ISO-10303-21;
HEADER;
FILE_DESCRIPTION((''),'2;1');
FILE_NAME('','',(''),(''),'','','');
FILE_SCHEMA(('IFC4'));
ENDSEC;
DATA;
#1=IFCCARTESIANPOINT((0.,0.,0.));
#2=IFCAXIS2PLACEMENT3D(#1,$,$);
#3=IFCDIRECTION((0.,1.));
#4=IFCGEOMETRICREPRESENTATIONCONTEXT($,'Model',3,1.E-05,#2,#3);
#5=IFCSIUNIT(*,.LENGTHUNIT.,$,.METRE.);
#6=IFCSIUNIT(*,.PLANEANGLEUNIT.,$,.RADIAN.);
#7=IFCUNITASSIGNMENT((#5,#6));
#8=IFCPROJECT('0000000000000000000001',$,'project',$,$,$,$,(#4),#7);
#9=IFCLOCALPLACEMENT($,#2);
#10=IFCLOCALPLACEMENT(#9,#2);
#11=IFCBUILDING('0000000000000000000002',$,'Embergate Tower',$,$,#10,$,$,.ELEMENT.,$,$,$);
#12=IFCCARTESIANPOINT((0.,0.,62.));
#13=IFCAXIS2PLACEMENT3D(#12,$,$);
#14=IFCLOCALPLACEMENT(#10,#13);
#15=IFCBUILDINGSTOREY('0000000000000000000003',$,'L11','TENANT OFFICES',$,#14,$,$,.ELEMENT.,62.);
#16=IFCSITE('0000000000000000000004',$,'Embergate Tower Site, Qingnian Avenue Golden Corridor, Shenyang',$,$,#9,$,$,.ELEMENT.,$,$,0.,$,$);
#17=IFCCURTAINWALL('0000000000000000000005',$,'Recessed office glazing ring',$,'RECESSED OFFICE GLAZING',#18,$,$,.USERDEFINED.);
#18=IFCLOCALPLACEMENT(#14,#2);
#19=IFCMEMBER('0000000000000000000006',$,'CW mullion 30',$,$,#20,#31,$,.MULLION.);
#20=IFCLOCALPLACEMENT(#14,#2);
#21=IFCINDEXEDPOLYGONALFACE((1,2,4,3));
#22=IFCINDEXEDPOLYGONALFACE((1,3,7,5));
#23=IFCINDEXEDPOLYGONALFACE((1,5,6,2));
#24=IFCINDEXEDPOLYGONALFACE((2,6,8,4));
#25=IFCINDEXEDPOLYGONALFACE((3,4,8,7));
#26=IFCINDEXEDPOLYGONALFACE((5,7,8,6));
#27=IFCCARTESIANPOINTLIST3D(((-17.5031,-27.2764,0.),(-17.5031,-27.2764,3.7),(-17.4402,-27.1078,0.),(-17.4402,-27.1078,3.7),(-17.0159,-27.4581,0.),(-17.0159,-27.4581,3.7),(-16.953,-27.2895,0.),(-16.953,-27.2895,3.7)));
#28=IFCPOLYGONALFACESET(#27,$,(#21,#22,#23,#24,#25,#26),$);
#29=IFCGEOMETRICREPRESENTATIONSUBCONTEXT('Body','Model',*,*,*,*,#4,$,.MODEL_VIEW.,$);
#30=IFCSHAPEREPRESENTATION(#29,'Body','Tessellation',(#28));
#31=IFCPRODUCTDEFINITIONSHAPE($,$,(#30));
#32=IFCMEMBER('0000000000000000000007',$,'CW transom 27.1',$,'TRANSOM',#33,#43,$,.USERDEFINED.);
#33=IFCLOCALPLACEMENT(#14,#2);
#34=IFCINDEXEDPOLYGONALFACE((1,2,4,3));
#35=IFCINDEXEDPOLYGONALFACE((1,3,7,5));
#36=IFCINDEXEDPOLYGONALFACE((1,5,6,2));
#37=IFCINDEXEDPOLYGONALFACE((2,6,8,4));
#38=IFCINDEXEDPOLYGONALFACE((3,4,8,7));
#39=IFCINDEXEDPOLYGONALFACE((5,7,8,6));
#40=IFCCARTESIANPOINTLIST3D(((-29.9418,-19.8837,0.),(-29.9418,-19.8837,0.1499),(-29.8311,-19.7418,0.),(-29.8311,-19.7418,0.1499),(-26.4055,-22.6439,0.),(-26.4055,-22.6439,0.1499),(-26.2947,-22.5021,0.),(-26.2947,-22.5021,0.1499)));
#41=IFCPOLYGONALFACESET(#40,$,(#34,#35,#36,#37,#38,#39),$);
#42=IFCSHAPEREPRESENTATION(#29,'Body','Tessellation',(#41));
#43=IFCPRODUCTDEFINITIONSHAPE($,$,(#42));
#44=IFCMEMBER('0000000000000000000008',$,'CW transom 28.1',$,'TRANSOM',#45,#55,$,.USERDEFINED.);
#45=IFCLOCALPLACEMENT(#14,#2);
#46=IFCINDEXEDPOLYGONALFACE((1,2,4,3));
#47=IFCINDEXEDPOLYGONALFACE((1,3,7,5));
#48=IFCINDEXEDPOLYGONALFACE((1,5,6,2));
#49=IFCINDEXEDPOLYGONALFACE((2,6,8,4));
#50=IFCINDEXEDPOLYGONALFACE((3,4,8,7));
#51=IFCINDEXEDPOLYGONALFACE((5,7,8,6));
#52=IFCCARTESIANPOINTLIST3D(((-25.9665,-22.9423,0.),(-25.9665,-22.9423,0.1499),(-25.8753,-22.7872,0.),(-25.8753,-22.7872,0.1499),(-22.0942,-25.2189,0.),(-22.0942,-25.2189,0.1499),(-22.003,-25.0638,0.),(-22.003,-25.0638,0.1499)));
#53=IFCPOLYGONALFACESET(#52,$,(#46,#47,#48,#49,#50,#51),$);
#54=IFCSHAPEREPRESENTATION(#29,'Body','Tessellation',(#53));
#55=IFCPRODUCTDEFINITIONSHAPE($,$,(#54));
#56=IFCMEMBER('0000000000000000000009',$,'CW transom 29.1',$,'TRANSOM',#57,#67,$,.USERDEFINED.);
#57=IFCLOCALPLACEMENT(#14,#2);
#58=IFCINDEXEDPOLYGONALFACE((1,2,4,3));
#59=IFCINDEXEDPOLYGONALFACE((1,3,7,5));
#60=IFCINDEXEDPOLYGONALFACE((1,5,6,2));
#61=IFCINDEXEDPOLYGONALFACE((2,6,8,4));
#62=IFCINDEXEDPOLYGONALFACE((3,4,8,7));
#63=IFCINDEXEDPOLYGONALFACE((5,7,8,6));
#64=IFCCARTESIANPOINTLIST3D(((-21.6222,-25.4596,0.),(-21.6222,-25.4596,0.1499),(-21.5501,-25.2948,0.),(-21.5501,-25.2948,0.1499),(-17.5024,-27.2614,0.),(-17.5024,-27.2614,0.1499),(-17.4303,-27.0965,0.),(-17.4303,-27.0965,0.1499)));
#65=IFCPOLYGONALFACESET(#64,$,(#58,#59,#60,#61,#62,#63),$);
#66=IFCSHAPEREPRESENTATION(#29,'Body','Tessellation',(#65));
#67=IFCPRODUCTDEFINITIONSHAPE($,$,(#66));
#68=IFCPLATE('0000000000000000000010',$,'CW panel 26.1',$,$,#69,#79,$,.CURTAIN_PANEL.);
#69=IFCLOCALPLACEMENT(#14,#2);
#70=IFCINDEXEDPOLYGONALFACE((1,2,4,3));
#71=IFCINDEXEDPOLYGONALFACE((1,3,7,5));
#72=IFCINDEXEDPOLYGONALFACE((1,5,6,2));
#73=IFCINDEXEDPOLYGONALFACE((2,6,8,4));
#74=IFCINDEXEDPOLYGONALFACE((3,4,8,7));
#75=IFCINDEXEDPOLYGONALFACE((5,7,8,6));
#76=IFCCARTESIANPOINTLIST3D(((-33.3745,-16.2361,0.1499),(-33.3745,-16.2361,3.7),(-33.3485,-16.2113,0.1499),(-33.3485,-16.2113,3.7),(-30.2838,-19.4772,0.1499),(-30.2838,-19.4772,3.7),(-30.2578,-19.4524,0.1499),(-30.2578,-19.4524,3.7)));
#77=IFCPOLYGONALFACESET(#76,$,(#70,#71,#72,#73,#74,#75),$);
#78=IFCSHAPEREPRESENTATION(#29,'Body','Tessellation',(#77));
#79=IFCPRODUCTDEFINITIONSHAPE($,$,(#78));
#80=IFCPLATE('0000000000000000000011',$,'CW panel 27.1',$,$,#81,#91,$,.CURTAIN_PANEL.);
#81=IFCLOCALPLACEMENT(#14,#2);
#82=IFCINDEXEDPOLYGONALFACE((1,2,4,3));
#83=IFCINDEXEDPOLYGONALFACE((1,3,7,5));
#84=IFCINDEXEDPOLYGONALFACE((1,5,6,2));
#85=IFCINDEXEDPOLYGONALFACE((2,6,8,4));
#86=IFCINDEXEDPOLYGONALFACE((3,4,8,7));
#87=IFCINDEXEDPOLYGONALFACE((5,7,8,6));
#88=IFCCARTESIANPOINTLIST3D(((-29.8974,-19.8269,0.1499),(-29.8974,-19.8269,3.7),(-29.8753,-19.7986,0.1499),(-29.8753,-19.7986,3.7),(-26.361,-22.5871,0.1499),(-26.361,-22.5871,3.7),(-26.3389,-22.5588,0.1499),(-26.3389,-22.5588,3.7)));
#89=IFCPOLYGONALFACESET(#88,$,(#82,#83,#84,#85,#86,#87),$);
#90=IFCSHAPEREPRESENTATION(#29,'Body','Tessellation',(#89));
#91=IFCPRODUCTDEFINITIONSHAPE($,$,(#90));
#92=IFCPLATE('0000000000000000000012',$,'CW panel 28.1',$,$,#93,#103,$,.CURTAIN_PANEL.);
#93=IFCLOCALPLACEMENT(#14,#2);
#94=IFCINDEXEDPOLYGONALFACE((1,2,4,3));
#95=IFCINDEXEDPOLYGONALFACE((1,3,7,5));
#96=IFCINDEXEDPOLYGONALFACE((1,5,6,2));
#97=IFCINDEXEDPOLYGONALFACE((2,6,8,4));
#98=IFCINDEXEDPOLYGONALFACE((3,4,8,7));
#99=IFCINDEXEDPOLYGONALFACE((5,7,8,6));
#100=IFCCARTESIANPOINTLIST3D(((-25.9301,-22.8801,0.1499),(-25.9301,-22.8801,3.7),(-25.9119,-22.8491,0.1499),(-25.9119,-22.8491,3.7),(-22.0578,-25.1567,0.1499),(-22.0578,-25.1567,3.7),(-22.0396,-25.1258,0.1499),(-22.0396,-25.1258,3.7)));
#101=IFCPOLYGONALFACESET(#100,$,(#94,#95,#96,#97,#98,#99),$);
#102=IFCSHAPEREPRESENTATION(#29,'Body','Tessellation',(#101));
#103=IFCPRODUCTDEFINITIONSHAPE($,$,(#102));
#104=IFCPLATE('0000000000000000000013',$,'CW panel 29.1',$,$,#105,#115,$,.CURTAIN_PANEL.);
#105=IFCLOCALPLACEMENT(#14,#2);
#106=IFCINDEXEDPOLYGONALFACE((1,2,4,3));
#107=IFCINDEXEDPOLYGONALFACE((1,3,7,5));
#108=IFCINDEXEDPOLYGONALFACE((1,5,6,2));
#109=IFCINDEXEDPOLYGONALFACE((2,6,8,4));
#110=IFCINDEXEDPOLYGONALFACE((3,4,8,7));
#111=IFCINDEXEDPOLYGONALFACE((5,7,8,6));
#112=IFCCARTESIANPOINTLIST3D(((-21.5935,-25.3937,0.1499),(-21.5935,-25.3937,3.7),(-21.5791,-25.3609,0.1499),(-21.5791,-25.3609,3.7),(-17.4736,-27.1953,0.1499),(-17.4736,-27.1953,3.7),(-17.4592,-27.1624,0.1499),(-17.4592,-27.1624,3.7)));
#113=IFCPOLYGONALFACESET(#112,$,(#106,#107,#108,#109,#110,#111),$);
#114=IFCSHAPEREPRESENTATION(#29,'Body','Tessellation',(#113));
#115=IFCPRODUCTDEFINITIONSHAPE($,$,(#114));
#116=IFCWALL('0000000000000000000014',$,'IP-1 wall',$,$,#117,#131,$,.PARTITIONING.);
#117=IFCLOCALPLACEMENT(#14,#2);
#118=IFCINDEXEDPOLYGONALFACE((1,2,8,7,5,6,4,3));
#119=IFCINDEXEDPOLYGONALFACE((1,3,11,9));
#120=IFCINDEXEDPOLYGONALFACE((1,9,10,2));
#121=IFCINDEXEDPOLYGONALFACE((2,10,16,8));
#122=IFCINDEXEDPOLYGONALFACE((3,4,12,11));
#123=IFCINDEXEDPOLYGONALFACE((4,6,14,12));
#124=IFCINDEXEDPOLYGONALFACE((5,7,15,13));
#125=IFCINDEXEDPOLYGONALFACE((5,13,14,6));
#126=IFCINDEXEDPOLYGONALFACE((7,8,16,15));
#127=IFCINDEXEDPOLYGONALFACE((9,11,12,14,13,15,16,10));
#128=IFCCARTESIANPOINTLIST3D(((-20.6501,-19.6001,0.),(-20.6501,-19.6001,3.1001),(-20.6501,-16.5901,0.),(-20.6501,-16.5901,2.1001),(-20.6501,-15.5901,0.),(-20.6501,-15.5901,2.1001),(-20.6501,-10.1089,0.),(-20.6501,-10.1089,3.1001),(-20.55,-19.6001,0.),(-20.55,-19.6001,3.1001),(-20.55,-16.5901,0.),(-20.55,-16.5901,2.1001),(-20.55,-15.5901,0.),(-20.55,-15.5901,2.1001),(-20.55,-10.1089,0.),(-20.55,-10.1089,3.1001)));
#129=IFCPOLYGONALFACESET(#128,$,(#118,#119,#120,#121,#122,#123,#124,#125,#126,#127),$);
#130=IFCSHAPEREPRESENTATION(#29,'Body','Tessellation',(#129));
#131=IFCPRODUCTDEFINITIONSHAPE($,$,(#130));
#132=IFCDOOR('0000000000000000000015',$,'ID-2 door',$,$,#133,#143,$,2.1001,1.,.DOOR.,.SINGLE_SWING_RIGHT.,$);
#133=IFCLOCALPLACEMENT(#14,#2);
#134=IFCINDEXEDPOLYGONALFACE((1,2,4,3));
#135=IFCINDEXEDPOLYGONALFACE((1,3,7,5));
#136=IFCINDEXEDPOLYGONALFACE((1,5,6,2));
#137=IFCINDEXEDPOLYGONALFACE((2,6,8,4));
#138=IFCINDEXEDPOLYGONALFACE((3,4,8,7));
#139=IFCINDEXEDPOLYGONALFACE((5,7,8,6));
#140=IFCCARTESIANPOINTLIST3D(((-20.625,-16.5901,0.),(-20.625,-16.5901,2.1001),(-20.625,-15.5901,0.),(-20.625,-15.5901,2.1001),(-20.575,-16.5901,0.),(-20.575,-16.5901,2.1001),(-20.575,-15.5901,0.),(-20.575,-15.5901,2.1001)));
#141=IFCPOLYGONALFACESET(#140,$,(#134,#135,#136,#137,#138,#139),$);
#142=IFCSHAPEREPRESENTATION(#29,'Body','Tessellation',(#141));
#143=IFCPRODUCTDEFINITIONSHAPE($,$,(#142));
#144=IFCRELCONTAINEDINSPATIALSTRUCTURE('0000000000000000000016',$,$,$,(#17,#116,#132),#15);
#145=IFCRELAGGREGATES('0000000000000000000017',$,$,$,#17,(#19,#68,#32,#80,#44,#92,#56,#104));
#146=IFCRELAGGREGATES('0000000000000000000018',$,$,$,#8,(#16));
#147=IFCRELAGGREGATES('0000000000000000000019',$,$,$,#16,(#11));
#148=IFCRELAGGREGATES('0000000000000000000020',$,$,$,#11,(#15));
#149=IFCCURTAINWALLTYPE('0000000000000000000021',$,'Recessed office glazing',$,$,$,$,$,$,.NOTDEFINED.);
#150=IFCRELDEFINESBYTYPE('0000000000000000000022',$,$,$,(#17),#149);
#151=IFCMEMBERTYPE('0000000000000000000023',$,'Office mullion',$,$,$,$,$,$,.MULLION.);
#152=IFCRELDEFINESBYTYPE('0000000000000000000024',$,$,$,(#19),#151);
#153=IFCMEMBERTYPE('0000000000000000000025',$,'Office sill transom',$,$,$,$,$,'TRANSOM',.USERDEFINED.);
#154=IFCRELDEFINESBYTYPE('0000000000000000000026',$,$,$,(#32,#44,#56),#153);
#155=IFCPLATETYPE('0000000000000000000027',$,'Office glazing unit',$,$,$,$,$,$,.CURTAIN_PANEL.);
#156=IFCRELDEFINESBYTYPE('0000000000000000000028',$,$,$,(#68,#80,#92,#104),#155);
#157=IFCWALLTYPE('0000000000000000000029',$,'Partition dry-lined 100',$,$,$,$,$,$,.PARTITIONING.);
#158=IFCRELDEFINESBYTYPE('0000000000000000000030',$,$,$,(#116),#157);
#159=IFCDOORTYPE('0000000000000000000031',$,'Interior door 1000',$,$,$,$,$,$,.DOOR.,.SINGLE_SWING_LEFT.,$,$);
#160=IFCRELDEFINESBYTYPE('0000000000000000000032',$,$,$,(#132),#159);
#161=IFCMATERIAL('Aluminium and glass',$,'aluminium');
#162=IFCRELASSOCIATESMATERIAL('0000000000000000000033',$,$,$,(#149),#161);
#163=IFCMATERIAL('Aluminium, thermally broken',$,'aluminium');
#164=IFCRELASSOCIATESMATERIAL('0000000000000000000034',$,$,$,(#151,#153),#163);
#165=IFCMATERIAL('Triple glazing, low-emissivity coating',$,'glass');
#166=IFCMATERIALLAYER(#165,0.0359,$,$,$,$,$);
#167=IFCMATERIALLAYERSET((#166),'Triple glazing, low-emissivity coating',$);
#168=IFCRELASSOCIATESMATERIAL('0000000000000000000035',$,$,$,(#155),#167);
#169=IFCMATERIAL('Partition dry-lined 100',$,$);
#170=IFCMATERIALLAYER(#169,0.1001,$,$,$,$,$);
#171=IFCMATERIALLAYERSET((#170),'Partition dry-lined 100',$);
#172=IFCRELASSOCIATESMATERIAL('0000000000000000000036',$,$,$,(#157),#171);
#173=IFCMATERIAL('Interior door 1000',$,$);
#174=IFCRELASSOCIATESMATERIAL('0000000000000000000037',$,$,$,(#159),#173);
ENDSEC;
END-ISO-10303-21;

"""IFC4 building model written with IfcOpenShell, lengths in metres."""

from ifc_helpers import new_model, si_unit, direction, frame, frame_2d, origin, origin_2d, place, context, subcontext, project, spatial, rectangle, extrude, source, transform, mapped, material, layer, layer_set, material_profile, profile_set, type_object, element, fill, aggregate, save


model = new_model("IFC4")

# Units and contexts
model_context = context("Model", 3, precision=1e-05, world=origin(), true_north=direction((0.0, 1.0)))
body_context = subcontext(model_context, "Body", "Model", "MODEL_VIEW")
ifc_project = project(units=[si_unit("LENGTHUNIT", "METRE"), si_unit("PLANEANGLEUNIT", "RADIAN")], contexts=[model_context])

# Site, building, storey
site_placement = place(None, origin())
site = spatial("IfcSite", under=ifc_project, at=site_placement, Name="Embergate Tower Site, Qingnian Avenue Golden Corridor, Shenyang", CompositionType="ELEMENT", RefElevation=0.0)
building_placement = place(site_placement, origin())
building = spatial("IfcBuilding", under=site, at=building_placement, Name="Embergate Tower", CompositionType="ELEMENT")
storey_placement = place(building_placement, frame((0.0, 0.0, 62.0)))
storey = spatial("IfcBuildingStorey", under=building, at=storey_placement, Name="L11", Description="TENANT OFFICES", CompositionType="ELEMENT", Elevation=62.0)

# Curtain wall, members, plates
ifc_material_1 = material(Name="Aluminium and glass", Category="aluminium")
curtain_wall_type = type_object("IfcCurtainWallType", Name="Recessed office glazing", PredefinedType="NOTDEFINED", material=ifc_material_1)
curtain_wall_placement = place(storey_placement, origin())
curtain_wall = element("IfcCurtainWall", 1, at=curtain_wall_placement, inside=storey, type_object=curtain_wall_type, Name="Recessed office glazing ring", ObjectType="RECESSED OFFICE GLAZING", PredefinedType="USERDEFINED")
ifc_material_2 = material(Name="Aluminium, thermally broken", Category="aluminium")
ifc_material_profile_1 = material_profile(ifc_material_2, rectangle(XDim=0.1799, YDim=0.52, at=origin_2d()), Name="AL 520x180")
ifc_profile_set_1 = profile_set([ifc_material_profile_1], Name="Aluminium, thermally broken")
member_type_1 = type_object("IfcMemberType", Name="Office mullion", PredefinedType="MULLION", material=ifc_profile_set_1)
shared_shape_1 = source(origin(), body_context, "Body", "SweptSolid", [
    extrude(rectangle(XDim=0.1799, YDim=0.52, at=origin_2d()), origin(), (0.0, 0.0, 1.0), 3.7),
])
member_1_placement = place(storey_placement, frame((-17.228, -27.283, 0.0), z_axis=(0.0, 0.0, 1.0), x_axis=(0.349511, 0.936932, 0.0)))
member_1 = element("IfcMember", 2, at=member_1_placement, type_object=member_type_1, Name="CW mullion 30", PredefinedType="MULLION", context=body_context, shape_type="MappedRepresentation", body=[
    mapped(shared_shape_1, transform((0.0, 0.0, 0.0))),
])
ifc_material_profile_2 = material_profile(ifc_material_2, rectangle(XDim=0.1799, YDim=0.1499, at=origin_2d()), Name="AL 150x180")
ifc_profile_set_2 = profile_set([ifc_material_profile_2], Name="Aluminium, thermally broken")
member_type_2 = type_object("IfcMemberType", Name="Office sill transom", ElementType="TRANSOM", PredefinedType="USERDEFINED", material=ifc_profile_set_2)
shared_shape_2 = source(origin(), body_context, "Body", "SweptSolid", [
    extrude(rectangle(XDim=0.1799, YDim=0.1499, at=origin_2d()), origin(), (0.0, 0.0, 1.0), 4.4861),
])
member_2_placement = place(storey_placement, frame((-29.8865, -19.8127, 0.075), z_axis=(0.788299, -0.615292, 0.0), x_axis=(0.615292, 0.788299, 0.0)))
member_2 = element("IfcMember", 3, at=member_2_placement, type_object=member_type_2, Name="CW transom 27.1", ObjectType="TRANSOM", PredefinedType="USERDEFINED", context=body_context, shape_type="MappedRepresentation", body=[
    mapped(shared_shape_2, transform((0.0, 0.0, 0.0))),
])
shared_shape_3 = source(origin(), body_context, "Body", "SweptSolid", [
    extrude(rectangle(XDim=0.1799, YDim=0.1499, at=origin_2d()), origin(), (0.0, 0.0, 1.0), 4.4919),
])
member_3_placement = place(storey_placement, frame((-25.9209, -22.8647, 0.075), z_axis=(0.862053, -0.506818, 0.0), x_axis=(0.506818, 0.862053, 0.0)))
member_3 = element("IfcMember", 4, at=member_3_placement, type_object=member_type_2, Name="CW transom 28.1", ObjectType="TRANSOM", PredefinedType="USERDEFINED", context=body_context, shape_type="MappedRepresentation", body=[
    mapped(shared_shape_3, transform((0.0, 0.0, 0.0))),
])
shared_shape_4 = source(origin(), body_context, "Body", "SweptSolid", [
    extrude(rectangle(XDim=0.1799, YDim=0.1499, at=origin_2d()), origin(), (0.0, 0.0, 1.0), 4.4966),
])
member_4_placement = place(storey_placement, frame((-21.5862, -25.3772, 0.075), z_axis=(0.916213, -0.400691, 0.0), x_axis=(0.400691, 0.916213, 0.0)))
member_4 = element("IfcMember", 5, at=member_4_placement, type_object=member_type_2, Name="CW transom 29.1", ObjectType="TRANSOM", PredefinedType="USERDEFINED", context=body_context, shape_type="MappedRepresentation", body=[
    mapped(shared_shape_4, transform((0.0, 0.0, 0.0))),
])
ifc_material_3 = material(Name="Triple glazing, low-emissivity coating", Category="glass")
ifc_layer_1 = layer(ifc_material_3, 0.0359)
ifc_layer_set_1 = layer_set([ifc_layer_1], Name="Triple glazing, low-emissivity coating")
plate_type = type_object("IfcPlateType", Name="Office glazing unit", PredefinedType="CURTAIN_PANEL", material=ifc_layer_set_1)
shared_shape_5 = source(origin(), body_context, "Body", "SweptSolid", [
    extrude(rectangle(XDim=4.4785, YDim=0.0359, at=origin_2d()), origin(), (0.0, 0.0, 1.0), 3.55),
])
plate_1_placement = place(storey_placement, frame((-31.8162, -17.8442, 0.1499), z_axis=(0.0, 0.0, 1.0), x_axis=(0.690125, -0.72369, 0.0)))
plate_1 = element("IfcPlate", 6, at=plate_1_placement, type_object=plate_type, Name="CW panel 26.1", PredefinedType="CURTAIN_PANEL", context=body_context, shape_type="MappedRepresentation", body=[
    mapped(shared_shape_5, transform((0.0, 0.0, 0.0))),
])
shared_shape_6 = source(origin(), body_context, "Body", "SweptSolid", [
    extrude(rectangle(XDim=4.4861, YDim=0.0359, at=origin_2d()), origin(), (0.0, 0.0, 1.0), 3.55),
])
plate_2_placement = place(storey_placement, frame((-28.1182, -21.1929, 0.1499), z_axis=(0.0, 0.0, 1.0), x_axis=(0.788313, -0.615275, 0.0)))
plate_2 = element("IfcPlate", 7, at=plate_2_placement, type_object=plate_type, Name="CW panel 27.1", PredefinedType="CURTAIN_PANEL", context=body_context, shape_type="MappedRepresentation", body=[
    mapped(shared_shape_6, transform((0.0, 0.0, 0.0))),
])
shared_shape_7 = source(origin(), body_context, "Body", "SweptSolid", [
    extrude(rectangle(XDim=4.4919, YDim=0.0359, at=origin_2d()), origin(), (0.0, 0.0, 1.0), 3.55),
])
plate_3_placement = place(storey_placement, frame((-23.9849, -24.0029, 0.1499), z_axis=(0.0, 0.0, 1.0), x_axis=(0.862048, -0.506827, 0.0)))
plate_3 = element("IfcPlate", 8, at=plate_3_placement, type_object=plate_type, Name="CW panel 28.1", PredefinedType="CURTAIN_PANEL", context=body_context, shape_type="MappedRepresentation", body=[
    mapped(shared_shape_7, transform((0.0, 0.0, 0.0))),
])
shared_shape_8 = source(origin(), body_context, "Body", "SweptSolid", [
    extrude(rectangle(XDim=4.4966, YDim=0.0359, at=origin_2d()), origin(), (0.0, 0.0, 1.0), 3.55),
])
plate_4_placement = place(storey_placement, frame((-19.5264, -26.2781, 0.1499), z_axis=(0.0, 0.0, 1.0), x_axis=(0.916233, -0.400646, 0.0)))
plate_4 = element("IfcPlate", 9, at=plate_4_placement, type_object=plate_type, Name="CW panel 29.1", PredefinedType="CURTAIN_PANEL", context=body_context, shape_type="MappedRepresentation", body=[
    mapped(shared_shape_8, transform((0.0, 0.0, 0.0))),
])
aggregate(curtain_wall, [member_1, plate_1, member_2, plate_2, member_3, plate_3, member_4, plate_4])

# Wall, opening, door
ifc_material_4 = material(Name="Partition dry-lined 100")
ifc_layer_2 = layer(ifc_material_4, 0.1001)
ifc_layer_set_2 = layer_set([ifc_layer_2], Name="Partition dry-lined 100")
wall_type = type_object("IfcWallType", Name="Partition dry-lined 100", PredefinedType="PARTITIONING", material=ifc_layer_set_2)
shared_shape_9 = source(origin(), body_context, "Body", "SweptSolid", [
    extrude(rectangle(XDim=9.4912, YDim=0.1001, at=frame_2d((4.7456, 0.0))), origin(), (0.0, 0.0, 1.0), 3.1001),
])
wall_placement = place(storey_placement, frame((-20.6001, -19.6001, 0.0), z_axis=(0.0, 0.0, 1.0), x_axis=(0.0, 1.0, 0.0)))
wall = element("IfcWall", 10, at=wall_placement, inside=storey, type_object=wall_type, Name="IP-1 wall", PredefinedType="PARTITIONING", context=body_context, shape_type="MappedRepresentation", body=[
    mapped(shared_shape_9, transform((0.0, 0.0, 0.0))),
])
shared_shape_10 = source(origin(), body_context, "Body", "SweptSolid", [
    extrude(rectangle(XDim=1.0, YDim=2.1001, at=frame_2d((0.5, 1.05))), frame((0.0, 0.0601, 0.0), z_axis=(0.0, -1.0, 0.0), x_axis=(1.0, 0.0, 0.0)), (0.0, 0.0, 1.0), 0.1201),
])
opening_placement = place(wall_placement, frame((3.01, 0.0, 0.0)))
opening = element("IfcOpeningElement", 11, at=opening_placement, cuts=wall, PredefinedType="OPENING", context=body_context, shape_type="MappedRepresentation", body=[
    mapped(shared_shape_10, transform((0.0, 0.0, 0.0))),
])
ifc_material_5 = material(Name="Interior door 1000")
door_type = type_object("IfcDoorType", Name="Interior door 1000", OperationType="SINGLE_SWING_LEFT", PredefinedType="DOOR", material=ifc_material_5)
shared_shape_11 = source(origin(), body_context, "Body", "SweptSolid", [
    extrude(rectangle(XDim=1.0, YDim=2.1001, at=frame_2d((0.5, 1.05))), frame((0.0, 0.0249, 0.0), z_axis=(0.0, -1.0, 0.0), x_axis=(1.0, 0.0, 0.0)), (0.0, 0.0, 1.0), 0.05),
])
door_placement = place(opening_placement, origin())
door = element("IfcDoor", 12, at=door_placement, inside=storey, type_object=door_type, Name="ID-2 door", OperationType="SINGLE_SWING_RIGHT", OverallHeight=2.1001, OverallWidth=1.0, PredefinedType="DOOR", context=body_context, shape_type="MappedRepresentation", body=[
    mapped(shared_shape_11, transform((0.0, 0.0, 0.0))),
])
fill(opening, door)

save(model, "model.ifc")
